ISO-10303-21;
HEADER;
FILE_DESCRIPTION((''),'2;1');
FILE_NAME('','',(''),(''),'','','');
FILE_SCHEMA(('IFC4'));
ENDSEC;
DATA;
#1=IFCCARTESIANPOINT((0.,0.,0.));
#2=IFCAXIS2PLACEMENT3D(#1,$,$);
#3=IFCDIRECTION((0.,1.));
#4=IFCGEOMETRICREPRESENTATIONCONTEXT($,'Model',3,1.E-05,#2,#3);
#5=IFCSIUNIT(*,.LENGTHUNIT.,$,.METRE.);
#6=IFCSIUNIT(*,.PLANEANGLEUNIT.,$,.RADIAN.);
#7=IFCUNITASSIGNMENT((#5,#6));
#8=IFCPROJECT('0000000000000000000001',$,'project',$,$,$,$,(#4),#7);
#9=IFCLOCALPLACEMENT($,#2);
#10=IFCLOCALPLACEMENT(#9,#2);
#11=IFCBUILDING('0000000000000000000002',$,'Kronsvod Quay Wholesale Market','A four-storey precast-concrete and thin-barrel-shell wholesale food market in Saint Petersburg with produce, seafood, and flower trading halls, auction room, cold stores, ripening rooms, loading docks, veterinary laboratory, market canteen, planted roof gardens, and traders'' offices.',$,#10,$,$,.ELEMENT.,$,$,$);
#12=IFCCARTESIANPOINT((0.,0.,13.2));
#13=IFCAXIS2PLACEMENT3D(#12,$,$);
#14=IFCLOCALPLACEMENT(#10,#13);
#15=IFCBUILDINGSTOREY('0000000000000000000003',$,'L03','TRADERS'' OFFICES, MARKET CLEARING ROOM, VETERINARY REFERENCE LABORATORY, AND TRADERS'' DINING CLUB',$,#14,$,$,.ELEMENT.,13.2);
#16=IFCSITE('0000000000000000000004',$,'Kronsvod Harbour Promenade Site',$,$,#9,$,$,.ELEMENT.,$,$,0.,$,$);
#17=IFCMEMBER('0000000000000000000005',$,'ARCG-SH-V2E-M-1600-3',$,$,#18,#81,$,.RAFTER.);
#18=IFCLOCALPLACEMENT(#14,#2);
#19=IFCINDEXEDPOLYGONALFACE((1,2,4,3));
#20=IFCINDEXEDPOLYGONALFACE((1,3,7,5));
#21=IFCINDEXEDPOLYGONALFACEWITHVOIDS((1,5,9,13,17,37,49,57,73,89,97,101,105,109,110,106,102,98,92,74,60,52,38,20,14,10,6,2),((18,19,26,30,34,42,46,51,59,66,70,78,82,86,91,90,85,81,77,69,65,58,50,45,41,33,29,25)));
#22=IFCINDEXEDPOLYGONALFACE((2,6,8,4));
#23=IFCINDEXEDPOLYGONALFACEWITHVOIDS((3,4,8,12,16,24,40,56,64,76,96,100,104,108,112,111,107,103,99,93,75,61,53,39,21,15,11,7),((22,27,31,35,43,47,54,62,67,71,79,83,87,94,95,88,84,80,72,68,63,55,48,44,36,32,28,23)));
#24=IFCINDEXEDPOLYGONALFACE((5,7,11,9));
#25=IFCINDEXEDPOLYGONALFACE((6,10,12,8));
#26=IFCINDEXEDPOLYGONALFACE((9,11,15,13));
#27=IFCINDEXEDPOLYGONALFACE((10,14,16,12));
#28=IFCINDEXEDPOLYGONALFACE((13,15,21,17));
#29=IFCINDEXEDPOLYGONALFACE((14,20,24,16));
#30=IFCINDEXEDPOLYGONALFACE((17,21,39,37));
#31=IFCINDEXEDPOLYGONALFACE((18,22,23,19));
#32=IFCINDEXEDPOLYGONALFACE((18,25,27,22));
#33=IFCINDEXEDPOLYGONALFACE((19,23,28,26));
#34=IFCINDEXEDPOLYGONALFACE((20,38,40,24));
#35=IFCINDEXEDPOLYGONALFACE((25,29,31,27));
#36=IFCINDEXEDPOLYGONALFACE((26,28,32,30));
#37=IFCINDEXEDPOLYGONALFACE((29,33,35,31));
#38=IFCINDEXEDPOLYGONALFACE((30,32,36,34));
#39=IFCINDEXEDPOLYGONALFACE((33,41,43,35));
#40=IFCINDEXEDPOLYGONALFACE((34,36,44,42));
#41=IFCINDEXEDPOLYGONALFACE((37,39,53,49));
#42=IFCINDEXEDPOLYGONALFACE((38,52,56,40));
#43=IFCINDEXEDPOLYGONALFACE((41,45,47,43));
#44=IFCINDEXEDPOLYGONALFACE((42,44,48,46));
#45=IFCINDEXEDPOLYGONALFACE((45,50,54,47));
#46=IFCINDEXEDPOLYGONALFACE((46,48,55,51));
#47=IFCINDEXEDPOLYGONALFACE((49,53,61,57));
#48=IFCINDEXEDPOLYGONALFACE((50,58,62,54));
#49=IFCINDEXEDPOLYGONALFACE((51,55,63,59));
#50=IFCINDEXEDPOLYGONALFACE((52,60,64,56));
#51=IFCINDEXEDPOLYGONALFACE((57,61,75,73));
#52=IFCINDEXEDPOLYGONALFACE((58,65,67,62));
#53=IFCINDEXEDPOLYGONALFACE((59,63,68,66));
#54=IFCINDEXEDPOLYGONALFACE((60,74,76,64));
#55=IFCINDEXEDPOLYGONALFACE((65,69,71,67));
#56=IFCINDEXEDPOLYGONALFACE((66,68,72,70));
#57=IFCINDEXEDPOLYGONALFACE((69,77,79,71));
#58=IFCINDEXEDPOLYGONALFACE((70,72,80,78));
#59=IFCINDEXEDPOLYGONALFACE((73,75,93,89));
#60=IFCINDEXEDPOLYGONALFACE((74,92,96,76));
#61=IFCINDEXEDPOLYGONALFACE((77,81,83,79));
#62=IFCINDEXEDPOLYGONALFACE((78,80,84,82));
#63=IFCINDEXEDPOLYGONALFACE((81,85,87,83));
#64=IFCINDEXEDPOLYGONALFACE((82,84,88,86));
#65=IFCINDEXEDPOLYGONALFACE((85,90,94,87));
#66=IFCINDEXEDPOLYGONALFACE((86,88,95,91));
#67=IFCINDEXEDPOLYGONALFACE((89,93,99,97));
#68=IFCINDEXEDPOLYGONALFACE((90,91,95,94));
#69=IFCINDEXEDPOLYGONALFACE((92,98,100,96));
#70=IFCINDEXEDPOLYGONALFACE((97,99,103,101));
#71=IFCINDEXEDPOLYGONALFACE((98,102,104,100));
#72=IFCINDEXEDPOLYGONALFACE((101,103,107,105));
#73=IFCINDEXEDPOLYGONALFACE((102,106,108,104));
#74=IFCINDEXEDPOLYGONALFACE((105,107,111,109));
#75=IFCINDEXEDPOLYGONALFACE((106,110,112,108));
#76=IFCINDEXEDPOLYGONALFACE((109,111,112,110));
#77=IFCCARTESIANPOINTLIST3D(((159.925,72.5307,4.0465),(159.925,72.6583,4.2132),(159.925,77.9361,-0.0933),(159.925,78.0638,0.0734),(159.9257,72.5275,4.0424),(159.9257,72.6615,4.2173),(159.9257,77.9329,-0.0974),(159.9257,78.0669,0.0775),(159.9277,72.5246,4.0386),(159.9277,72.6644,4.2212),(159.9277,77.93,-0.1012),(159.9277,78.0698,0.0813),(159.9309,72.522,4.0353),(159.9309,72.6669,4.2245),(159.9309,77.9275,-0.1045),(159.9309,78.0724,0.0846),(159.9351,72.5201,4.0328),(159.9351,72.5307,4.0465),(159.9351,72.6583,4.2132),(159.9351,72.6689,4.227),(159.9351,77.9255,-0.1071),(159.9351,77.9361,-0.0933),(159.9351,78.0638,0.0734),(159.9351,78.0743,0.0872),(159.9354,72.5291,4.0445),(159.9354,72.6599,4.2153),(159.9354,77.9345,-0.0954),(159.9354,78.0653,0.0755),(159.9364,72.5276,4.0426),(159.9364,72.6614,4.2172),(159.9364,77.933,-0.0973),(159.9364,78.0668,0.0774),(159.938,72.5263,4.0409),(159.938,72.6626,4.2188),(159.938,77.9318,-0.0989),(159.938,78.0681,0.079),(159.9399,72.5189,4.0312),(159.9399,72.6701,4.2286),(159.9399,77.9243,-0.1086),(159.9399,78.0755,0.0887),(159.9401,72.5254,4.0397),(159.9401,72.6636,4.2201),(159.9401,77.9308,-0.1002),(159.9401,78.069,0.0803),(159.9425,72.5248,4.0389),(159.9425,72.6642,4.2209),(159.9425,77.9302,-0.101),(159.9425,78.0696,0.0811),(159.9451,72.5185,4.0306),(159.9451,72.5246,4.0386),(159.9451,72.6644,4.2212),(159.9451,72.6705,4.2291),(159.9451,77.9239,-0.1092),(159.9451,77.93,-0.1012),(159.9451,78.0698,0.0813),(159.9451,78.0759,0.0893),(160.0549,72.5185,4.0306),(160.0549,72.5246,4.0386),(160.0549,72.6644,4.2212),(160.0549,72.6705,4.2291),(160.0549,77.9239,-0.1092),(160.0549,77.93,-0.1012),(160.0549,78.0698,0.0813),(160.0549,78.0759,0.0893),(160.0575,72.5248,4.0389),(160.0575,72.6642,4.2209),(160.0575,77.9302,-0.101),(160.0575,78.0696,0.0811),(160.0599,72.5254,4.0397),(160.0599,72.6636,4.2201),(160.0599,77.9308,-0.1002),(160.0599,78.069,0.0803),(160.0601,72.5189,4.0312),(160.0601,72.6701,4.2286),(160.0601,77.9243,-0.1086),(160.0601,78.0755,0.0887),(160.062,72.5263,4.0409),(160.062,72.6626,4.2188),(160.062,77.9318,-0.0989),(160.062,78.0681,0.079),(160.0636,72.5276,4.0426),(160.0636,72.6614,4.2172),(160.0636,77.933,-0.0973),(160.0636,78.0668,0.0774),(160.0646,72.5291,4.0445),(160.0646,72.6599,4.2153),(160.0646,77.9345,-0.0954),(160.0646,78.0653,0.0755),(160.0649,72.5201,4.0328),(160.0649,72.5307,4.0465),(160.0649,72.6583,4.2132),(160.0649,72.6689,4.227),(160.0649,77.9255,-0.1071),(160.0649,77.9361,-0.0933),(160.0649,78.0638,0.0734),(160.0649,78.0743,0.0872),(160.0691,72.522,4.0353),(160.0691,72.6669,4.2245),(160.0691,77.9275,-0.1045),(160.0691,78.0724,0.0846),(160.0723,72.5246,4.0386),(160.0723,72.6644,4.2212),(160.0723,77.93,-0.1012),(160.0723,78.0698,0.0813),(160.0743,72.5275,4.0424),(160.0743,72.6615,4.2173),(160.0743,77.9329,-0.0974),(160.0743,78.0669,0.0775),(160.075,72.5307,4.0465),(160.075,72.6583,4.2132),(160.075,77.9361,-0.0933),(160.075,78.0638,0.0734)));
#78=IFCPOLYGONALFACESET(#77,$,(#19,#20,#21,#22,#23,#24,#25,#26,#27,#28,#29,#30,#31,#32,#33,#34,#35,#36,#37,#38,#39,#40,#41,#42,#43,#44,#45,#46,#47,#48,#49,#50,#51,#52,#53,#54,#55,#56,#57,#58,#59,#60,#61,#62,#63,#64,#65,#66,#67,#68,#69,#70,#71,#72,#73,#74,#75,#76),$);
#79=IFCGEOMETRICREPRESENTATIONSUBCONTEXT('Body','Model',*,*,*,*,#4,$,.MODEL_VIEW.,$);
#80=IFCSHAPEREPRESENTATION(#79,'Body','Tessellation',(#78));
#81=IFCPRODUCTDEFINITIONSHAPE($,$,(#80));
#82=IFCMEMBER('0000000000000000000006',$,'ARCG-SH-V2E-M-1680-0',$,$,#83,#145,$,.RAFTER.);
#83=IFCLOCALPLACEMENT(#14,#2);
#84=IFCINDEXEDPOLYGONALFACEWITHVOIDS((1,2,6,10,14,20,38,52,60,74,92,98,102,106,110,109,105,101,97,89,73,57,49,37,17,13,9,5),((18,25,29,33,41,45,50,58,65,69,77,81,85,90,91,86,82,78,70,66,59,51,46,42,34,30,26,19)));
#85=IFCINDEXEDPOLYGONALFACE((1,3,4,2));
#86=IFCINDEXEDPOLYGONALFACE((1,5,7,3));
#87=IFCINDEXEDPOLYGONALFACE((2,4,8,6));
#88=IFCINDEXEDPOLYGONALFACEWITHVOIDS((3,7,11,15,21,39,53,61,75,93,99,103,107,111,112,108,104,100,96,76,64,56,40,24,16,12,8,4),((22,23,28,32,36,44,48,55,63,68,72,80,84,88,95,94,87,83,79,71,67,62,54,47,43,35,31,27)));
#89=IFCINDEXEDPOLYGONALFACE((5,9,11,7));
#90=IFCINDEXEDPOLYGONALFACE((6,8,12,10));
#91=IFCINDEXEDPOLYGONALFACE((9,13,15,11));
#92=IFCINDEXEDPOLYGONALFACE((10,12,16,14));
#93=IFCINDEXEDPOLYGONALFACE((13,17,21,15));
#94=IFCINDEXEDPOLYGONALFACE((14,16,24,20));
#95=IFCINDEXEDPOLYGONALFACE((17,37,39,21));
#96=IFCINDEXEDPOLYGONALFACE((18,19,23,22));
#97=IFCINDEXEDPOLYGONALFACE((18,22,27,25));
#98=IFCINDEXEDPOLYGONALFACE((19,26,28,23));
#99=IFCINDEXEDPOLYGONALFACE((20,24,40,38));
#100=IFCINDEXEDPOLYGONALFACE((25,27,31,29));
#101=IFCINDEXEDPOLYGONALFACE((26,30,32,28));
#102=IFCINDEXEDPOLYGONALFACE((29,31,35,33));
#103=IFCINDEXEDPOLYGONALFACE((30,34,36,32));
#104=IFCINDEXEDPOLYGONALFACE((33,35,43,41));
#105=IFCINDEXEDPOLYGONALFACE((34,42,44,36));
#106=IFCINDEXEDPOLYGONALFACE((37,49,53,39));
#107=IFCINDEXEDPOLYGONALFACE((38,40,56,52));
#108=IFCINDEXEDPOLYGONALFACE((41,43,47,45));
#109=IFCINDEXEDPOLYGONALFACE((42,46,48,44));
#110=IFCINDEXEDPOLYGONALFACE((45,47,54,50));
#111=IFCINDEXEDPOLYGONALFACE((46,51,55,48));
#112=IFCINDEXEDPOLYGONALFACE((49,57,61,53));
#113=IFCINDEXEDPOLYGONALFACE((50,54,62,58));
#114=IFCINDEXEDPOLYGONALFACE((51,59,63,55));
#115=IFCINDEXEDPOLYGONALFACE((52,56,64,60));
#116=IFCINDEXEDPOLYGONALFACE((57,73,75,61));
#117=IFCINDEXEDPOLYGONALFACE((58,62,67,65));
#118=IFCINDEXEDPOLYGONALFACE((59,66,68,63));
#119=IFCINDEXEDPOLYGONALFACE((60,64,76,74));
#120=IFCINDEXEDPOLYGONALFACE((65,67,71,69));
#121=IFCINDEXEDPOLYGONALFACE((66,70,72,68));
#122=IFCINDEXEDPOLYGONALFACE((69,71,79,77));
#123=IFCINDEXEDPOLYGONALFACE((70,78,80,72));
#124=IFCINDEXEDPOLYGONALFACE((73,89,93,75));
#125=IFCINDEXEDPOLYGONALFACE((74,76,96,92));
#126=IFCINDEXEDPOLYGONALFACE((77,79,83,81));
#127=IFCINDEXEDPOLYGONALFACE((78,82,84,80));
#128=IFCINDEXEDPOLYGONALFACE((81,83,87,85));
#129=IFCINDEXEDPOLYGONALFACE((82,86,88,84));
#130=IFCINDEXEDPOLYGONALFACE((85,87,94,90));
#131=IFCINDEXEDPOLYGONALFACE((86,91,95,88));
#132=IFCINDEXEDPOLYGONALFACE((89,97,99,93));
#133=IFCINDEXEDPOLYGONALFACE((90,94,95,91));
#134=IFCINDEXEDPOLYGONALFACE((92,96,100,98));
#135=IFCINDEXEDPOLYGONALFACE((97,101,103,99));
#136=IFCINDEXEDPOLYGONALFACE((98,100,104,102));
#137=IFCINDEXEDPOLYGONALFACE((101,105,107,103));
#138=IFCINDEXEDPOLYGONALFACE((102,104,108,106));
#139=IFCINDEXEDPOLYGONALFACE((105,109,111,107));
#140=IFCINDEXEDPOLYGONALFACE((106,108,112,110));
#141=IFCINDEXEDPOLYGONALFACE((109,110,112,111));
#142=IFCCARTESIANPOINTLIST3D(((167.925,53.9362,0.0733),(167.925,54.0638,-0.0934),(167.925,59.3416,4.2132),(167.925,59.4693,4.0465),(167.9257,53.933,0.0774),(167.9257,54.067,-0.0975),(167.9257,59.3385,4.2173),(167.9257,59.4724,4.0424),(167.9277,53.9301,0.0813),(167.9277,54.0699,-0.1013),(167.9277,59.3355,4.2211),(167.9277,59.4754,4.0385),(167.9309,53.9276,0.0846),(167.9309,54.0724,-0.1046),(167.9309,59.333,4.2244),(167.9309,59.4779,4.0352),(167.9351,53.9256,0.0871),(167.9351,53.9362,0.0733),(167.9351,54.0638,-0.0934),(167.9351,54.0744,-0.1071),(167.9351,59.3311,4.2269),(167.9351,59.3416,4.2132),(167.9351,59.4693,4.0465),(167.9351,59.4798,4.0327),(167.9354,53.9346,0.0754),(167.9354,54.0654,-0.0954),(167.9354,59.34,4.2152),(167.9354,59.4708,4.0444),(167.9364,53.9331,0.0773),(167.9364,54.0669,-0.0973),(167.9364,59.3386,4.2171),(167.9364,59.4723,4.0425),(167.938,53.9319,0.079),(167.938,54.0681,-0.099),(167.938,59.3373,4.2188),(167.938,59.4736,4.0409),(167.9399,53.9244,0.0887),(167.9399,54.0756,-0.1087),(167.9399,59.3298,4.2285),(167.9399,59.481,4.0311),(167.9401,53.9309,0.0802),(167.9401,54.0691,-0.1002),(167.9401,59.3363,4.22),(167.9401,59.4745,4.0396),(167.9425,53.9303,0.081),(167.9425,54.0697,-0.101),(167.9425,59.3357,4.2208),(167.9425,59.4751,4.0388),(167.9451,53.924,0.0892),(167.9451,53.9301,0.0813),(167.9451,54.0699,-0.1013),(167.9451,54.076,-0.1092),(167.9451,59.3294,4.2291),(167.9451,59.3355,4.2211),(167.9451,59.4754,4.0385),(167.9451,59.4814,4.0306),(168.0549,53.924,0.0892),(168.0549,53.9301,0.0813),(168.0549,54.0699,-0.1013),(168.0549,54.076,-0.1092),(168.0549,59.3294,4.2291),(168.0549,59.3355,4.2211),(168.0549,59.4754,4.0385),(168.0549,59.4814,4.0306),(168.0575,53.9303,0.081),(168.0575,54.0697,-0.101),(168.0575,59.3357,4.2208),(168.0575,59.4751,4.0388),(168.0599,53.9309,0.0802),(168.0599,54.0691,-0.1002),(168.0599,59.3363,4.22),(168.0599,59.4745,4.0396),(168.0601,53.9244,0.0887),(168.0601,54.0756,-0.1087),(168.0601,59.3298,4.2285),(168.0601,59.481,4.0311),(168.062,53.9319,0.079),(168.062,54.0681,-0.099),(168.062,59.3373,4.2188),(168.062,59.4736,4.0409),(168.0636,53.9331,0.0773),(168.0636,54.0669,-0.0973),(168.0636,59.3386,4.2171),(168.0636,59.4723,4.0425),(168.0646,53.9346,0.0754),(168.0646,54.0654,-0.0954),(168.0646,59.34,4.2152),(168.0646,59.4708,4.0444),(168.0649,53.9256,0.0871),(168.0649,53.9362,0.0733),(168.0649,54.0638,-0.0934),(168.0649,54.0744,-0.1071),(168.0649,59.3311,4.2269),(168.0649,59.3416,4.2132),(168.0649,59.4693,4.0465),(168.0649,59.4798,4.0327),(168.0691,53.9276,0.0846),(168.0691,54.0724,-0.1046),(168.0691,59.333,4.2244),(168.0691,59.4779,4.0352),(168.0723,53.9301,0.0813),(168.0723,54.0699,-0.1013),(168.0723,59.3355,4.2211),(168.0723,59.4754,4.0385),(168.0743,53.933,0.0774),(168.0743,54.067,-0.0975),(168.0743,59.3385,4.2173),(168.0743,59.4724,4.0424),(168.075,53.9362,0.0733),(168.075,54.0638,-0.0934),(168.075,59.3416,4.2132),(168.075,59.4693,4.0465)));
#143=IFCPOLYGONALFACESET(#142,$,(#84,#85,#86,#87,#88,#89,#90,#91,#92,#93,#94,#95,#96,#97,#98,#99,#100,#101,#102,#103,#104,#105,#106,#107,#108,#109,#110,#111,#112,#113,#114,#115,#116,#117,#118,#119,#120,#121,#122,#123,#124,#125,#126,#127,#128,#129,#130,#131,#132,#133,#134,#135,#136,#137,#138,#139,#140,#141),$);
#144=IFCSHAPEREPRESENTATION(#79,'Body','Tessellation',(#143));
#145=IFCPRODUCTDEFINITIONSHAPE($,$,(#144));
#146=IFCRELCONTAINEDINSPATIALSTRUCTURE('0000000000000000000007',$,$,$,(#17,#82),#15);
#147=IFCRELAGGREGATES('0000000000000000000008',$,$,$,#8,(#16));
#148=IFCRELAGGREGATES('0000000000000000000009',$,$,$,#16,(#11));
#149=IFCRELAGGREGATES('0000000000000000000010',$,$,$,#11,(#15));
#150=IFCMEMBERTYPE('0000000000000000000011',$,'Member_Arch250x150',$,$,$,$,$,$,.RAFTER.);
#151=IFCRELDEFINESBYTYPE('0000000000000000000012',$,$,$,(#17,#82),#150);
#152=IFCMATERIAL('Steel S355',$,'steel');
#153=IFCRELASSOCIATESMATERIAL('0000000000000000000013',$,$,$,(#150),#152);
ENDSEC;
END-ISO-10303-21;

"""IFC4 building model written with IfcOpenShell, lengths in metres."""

from ifc_helpers import new_model, si_unit, direction, frame, origin, origin_2d, place, context, subcontext, project, spatial, hollow_rectangle, extrude, material, material_profile, profile_set, type_object, element, save


model = new_model("IFC4")

# Units and contexts
model_context = context("Model", 3, precision=1e-05, world=origin(), true_north=direction((0.0, 1.0)))
body_context = subcontext(model_context, "Body", "Model", "MODEL_VIEW")
ifc_project = project(units=[si_unit("LENGTHUNIT", "METRE"), si_unit("PLANEANGLEUNIT", "RADIAN")], contexts=[model_context])

# Site, building, storey
site_placement = place(None, origin())
site = spatial("IfcSite", under=ifc_project, at=site_placement, Name="Kronsvod Harbour Promenade Site", CompositionType="ELEMENT", RefElevation=0.0)
building_placement = place(site_placement, origin())
building = spatial("IfcBuilding", under=site, at=building_placement, Name="Kronsvod Quay Wholesale Market", Description="A four-storey precast-concrete and thin-barrel-shell wholesale food market in Saint Petersburg with produce, seafood, and flower trading halls, auction room, cold stores, ripening rooms, loading docks, veterinary laboratory, market canteen, planted roof gardens, and traders' offices.", CompositionType="ELEMENT")
storey_placement = place(building_placement, frame((0.0, 0.0, 13.2)))
storey = spatial("IfcBuildingStorey", under=building, at=storey_placement, Name="L03", Description="TRADERS' OFFICES, MARKET CLEARING ROOM, VETERINARY REFERENCE LABORATORY, AND TRADERS' DINING CLUB", CompositionType="ELEMENT", Elevation=13.2)

# Members
ifc_material_1 = material(Name="Steel S355", Category="steel")
ifc_material_profile_1 = material_profile(ifc_material_1, hollow_rectangle(XDim=0.1499, YDim=0.25, WallThickness=0.01, InnerFilletRadius=0.01, OuterFilletRadius=0.02, at=origin_2d()), Name="RHS250x150x10")
ifc_profile_set_1 = profile_set([ifc_material_profile_1], Name="Steel S355")
member_type_1 = type_object("IfcMemberType", Name="Member_Arch250x150", PredefinedType="RAFTER", material=ifc_profile_set_1)
for number, where, z_axis, x_axis, name in (
    (1, (160.0, 72.5945, 4.1299), (0.0, 0.793914, -0.60803), (-1.0, 0.0, 0.0), "ARCG-SH-V2E-M-1600-3"),
    (2, (168.0, 54.0, -0.01), (0.0, 0.793914, 0.60803), (-1.0, 0.0, 0.0), "ARCG-SH-V2E-M-1680-0"),
):
    element("IfcMember", number, at=place(storey_placement, frame(where, z_axis=z_axis, x_axis=x_axis)), inside=storey, type_object=member_type_1, Name=name, PredefinedType="RAFTER", context=body_context, shape_type="SweptSolid", body=[
        extrude(hollow_rectangle(XDim=0.1499, YDim=0.25, WallThickness=0.01, InnerFilletRadius=0.01, OuterFilletRadius=0.02, at=origin_2d()), origin(), (0.0, 0.0, 1.0), 6.8086),
    ])

save(model, "model.ifc")
